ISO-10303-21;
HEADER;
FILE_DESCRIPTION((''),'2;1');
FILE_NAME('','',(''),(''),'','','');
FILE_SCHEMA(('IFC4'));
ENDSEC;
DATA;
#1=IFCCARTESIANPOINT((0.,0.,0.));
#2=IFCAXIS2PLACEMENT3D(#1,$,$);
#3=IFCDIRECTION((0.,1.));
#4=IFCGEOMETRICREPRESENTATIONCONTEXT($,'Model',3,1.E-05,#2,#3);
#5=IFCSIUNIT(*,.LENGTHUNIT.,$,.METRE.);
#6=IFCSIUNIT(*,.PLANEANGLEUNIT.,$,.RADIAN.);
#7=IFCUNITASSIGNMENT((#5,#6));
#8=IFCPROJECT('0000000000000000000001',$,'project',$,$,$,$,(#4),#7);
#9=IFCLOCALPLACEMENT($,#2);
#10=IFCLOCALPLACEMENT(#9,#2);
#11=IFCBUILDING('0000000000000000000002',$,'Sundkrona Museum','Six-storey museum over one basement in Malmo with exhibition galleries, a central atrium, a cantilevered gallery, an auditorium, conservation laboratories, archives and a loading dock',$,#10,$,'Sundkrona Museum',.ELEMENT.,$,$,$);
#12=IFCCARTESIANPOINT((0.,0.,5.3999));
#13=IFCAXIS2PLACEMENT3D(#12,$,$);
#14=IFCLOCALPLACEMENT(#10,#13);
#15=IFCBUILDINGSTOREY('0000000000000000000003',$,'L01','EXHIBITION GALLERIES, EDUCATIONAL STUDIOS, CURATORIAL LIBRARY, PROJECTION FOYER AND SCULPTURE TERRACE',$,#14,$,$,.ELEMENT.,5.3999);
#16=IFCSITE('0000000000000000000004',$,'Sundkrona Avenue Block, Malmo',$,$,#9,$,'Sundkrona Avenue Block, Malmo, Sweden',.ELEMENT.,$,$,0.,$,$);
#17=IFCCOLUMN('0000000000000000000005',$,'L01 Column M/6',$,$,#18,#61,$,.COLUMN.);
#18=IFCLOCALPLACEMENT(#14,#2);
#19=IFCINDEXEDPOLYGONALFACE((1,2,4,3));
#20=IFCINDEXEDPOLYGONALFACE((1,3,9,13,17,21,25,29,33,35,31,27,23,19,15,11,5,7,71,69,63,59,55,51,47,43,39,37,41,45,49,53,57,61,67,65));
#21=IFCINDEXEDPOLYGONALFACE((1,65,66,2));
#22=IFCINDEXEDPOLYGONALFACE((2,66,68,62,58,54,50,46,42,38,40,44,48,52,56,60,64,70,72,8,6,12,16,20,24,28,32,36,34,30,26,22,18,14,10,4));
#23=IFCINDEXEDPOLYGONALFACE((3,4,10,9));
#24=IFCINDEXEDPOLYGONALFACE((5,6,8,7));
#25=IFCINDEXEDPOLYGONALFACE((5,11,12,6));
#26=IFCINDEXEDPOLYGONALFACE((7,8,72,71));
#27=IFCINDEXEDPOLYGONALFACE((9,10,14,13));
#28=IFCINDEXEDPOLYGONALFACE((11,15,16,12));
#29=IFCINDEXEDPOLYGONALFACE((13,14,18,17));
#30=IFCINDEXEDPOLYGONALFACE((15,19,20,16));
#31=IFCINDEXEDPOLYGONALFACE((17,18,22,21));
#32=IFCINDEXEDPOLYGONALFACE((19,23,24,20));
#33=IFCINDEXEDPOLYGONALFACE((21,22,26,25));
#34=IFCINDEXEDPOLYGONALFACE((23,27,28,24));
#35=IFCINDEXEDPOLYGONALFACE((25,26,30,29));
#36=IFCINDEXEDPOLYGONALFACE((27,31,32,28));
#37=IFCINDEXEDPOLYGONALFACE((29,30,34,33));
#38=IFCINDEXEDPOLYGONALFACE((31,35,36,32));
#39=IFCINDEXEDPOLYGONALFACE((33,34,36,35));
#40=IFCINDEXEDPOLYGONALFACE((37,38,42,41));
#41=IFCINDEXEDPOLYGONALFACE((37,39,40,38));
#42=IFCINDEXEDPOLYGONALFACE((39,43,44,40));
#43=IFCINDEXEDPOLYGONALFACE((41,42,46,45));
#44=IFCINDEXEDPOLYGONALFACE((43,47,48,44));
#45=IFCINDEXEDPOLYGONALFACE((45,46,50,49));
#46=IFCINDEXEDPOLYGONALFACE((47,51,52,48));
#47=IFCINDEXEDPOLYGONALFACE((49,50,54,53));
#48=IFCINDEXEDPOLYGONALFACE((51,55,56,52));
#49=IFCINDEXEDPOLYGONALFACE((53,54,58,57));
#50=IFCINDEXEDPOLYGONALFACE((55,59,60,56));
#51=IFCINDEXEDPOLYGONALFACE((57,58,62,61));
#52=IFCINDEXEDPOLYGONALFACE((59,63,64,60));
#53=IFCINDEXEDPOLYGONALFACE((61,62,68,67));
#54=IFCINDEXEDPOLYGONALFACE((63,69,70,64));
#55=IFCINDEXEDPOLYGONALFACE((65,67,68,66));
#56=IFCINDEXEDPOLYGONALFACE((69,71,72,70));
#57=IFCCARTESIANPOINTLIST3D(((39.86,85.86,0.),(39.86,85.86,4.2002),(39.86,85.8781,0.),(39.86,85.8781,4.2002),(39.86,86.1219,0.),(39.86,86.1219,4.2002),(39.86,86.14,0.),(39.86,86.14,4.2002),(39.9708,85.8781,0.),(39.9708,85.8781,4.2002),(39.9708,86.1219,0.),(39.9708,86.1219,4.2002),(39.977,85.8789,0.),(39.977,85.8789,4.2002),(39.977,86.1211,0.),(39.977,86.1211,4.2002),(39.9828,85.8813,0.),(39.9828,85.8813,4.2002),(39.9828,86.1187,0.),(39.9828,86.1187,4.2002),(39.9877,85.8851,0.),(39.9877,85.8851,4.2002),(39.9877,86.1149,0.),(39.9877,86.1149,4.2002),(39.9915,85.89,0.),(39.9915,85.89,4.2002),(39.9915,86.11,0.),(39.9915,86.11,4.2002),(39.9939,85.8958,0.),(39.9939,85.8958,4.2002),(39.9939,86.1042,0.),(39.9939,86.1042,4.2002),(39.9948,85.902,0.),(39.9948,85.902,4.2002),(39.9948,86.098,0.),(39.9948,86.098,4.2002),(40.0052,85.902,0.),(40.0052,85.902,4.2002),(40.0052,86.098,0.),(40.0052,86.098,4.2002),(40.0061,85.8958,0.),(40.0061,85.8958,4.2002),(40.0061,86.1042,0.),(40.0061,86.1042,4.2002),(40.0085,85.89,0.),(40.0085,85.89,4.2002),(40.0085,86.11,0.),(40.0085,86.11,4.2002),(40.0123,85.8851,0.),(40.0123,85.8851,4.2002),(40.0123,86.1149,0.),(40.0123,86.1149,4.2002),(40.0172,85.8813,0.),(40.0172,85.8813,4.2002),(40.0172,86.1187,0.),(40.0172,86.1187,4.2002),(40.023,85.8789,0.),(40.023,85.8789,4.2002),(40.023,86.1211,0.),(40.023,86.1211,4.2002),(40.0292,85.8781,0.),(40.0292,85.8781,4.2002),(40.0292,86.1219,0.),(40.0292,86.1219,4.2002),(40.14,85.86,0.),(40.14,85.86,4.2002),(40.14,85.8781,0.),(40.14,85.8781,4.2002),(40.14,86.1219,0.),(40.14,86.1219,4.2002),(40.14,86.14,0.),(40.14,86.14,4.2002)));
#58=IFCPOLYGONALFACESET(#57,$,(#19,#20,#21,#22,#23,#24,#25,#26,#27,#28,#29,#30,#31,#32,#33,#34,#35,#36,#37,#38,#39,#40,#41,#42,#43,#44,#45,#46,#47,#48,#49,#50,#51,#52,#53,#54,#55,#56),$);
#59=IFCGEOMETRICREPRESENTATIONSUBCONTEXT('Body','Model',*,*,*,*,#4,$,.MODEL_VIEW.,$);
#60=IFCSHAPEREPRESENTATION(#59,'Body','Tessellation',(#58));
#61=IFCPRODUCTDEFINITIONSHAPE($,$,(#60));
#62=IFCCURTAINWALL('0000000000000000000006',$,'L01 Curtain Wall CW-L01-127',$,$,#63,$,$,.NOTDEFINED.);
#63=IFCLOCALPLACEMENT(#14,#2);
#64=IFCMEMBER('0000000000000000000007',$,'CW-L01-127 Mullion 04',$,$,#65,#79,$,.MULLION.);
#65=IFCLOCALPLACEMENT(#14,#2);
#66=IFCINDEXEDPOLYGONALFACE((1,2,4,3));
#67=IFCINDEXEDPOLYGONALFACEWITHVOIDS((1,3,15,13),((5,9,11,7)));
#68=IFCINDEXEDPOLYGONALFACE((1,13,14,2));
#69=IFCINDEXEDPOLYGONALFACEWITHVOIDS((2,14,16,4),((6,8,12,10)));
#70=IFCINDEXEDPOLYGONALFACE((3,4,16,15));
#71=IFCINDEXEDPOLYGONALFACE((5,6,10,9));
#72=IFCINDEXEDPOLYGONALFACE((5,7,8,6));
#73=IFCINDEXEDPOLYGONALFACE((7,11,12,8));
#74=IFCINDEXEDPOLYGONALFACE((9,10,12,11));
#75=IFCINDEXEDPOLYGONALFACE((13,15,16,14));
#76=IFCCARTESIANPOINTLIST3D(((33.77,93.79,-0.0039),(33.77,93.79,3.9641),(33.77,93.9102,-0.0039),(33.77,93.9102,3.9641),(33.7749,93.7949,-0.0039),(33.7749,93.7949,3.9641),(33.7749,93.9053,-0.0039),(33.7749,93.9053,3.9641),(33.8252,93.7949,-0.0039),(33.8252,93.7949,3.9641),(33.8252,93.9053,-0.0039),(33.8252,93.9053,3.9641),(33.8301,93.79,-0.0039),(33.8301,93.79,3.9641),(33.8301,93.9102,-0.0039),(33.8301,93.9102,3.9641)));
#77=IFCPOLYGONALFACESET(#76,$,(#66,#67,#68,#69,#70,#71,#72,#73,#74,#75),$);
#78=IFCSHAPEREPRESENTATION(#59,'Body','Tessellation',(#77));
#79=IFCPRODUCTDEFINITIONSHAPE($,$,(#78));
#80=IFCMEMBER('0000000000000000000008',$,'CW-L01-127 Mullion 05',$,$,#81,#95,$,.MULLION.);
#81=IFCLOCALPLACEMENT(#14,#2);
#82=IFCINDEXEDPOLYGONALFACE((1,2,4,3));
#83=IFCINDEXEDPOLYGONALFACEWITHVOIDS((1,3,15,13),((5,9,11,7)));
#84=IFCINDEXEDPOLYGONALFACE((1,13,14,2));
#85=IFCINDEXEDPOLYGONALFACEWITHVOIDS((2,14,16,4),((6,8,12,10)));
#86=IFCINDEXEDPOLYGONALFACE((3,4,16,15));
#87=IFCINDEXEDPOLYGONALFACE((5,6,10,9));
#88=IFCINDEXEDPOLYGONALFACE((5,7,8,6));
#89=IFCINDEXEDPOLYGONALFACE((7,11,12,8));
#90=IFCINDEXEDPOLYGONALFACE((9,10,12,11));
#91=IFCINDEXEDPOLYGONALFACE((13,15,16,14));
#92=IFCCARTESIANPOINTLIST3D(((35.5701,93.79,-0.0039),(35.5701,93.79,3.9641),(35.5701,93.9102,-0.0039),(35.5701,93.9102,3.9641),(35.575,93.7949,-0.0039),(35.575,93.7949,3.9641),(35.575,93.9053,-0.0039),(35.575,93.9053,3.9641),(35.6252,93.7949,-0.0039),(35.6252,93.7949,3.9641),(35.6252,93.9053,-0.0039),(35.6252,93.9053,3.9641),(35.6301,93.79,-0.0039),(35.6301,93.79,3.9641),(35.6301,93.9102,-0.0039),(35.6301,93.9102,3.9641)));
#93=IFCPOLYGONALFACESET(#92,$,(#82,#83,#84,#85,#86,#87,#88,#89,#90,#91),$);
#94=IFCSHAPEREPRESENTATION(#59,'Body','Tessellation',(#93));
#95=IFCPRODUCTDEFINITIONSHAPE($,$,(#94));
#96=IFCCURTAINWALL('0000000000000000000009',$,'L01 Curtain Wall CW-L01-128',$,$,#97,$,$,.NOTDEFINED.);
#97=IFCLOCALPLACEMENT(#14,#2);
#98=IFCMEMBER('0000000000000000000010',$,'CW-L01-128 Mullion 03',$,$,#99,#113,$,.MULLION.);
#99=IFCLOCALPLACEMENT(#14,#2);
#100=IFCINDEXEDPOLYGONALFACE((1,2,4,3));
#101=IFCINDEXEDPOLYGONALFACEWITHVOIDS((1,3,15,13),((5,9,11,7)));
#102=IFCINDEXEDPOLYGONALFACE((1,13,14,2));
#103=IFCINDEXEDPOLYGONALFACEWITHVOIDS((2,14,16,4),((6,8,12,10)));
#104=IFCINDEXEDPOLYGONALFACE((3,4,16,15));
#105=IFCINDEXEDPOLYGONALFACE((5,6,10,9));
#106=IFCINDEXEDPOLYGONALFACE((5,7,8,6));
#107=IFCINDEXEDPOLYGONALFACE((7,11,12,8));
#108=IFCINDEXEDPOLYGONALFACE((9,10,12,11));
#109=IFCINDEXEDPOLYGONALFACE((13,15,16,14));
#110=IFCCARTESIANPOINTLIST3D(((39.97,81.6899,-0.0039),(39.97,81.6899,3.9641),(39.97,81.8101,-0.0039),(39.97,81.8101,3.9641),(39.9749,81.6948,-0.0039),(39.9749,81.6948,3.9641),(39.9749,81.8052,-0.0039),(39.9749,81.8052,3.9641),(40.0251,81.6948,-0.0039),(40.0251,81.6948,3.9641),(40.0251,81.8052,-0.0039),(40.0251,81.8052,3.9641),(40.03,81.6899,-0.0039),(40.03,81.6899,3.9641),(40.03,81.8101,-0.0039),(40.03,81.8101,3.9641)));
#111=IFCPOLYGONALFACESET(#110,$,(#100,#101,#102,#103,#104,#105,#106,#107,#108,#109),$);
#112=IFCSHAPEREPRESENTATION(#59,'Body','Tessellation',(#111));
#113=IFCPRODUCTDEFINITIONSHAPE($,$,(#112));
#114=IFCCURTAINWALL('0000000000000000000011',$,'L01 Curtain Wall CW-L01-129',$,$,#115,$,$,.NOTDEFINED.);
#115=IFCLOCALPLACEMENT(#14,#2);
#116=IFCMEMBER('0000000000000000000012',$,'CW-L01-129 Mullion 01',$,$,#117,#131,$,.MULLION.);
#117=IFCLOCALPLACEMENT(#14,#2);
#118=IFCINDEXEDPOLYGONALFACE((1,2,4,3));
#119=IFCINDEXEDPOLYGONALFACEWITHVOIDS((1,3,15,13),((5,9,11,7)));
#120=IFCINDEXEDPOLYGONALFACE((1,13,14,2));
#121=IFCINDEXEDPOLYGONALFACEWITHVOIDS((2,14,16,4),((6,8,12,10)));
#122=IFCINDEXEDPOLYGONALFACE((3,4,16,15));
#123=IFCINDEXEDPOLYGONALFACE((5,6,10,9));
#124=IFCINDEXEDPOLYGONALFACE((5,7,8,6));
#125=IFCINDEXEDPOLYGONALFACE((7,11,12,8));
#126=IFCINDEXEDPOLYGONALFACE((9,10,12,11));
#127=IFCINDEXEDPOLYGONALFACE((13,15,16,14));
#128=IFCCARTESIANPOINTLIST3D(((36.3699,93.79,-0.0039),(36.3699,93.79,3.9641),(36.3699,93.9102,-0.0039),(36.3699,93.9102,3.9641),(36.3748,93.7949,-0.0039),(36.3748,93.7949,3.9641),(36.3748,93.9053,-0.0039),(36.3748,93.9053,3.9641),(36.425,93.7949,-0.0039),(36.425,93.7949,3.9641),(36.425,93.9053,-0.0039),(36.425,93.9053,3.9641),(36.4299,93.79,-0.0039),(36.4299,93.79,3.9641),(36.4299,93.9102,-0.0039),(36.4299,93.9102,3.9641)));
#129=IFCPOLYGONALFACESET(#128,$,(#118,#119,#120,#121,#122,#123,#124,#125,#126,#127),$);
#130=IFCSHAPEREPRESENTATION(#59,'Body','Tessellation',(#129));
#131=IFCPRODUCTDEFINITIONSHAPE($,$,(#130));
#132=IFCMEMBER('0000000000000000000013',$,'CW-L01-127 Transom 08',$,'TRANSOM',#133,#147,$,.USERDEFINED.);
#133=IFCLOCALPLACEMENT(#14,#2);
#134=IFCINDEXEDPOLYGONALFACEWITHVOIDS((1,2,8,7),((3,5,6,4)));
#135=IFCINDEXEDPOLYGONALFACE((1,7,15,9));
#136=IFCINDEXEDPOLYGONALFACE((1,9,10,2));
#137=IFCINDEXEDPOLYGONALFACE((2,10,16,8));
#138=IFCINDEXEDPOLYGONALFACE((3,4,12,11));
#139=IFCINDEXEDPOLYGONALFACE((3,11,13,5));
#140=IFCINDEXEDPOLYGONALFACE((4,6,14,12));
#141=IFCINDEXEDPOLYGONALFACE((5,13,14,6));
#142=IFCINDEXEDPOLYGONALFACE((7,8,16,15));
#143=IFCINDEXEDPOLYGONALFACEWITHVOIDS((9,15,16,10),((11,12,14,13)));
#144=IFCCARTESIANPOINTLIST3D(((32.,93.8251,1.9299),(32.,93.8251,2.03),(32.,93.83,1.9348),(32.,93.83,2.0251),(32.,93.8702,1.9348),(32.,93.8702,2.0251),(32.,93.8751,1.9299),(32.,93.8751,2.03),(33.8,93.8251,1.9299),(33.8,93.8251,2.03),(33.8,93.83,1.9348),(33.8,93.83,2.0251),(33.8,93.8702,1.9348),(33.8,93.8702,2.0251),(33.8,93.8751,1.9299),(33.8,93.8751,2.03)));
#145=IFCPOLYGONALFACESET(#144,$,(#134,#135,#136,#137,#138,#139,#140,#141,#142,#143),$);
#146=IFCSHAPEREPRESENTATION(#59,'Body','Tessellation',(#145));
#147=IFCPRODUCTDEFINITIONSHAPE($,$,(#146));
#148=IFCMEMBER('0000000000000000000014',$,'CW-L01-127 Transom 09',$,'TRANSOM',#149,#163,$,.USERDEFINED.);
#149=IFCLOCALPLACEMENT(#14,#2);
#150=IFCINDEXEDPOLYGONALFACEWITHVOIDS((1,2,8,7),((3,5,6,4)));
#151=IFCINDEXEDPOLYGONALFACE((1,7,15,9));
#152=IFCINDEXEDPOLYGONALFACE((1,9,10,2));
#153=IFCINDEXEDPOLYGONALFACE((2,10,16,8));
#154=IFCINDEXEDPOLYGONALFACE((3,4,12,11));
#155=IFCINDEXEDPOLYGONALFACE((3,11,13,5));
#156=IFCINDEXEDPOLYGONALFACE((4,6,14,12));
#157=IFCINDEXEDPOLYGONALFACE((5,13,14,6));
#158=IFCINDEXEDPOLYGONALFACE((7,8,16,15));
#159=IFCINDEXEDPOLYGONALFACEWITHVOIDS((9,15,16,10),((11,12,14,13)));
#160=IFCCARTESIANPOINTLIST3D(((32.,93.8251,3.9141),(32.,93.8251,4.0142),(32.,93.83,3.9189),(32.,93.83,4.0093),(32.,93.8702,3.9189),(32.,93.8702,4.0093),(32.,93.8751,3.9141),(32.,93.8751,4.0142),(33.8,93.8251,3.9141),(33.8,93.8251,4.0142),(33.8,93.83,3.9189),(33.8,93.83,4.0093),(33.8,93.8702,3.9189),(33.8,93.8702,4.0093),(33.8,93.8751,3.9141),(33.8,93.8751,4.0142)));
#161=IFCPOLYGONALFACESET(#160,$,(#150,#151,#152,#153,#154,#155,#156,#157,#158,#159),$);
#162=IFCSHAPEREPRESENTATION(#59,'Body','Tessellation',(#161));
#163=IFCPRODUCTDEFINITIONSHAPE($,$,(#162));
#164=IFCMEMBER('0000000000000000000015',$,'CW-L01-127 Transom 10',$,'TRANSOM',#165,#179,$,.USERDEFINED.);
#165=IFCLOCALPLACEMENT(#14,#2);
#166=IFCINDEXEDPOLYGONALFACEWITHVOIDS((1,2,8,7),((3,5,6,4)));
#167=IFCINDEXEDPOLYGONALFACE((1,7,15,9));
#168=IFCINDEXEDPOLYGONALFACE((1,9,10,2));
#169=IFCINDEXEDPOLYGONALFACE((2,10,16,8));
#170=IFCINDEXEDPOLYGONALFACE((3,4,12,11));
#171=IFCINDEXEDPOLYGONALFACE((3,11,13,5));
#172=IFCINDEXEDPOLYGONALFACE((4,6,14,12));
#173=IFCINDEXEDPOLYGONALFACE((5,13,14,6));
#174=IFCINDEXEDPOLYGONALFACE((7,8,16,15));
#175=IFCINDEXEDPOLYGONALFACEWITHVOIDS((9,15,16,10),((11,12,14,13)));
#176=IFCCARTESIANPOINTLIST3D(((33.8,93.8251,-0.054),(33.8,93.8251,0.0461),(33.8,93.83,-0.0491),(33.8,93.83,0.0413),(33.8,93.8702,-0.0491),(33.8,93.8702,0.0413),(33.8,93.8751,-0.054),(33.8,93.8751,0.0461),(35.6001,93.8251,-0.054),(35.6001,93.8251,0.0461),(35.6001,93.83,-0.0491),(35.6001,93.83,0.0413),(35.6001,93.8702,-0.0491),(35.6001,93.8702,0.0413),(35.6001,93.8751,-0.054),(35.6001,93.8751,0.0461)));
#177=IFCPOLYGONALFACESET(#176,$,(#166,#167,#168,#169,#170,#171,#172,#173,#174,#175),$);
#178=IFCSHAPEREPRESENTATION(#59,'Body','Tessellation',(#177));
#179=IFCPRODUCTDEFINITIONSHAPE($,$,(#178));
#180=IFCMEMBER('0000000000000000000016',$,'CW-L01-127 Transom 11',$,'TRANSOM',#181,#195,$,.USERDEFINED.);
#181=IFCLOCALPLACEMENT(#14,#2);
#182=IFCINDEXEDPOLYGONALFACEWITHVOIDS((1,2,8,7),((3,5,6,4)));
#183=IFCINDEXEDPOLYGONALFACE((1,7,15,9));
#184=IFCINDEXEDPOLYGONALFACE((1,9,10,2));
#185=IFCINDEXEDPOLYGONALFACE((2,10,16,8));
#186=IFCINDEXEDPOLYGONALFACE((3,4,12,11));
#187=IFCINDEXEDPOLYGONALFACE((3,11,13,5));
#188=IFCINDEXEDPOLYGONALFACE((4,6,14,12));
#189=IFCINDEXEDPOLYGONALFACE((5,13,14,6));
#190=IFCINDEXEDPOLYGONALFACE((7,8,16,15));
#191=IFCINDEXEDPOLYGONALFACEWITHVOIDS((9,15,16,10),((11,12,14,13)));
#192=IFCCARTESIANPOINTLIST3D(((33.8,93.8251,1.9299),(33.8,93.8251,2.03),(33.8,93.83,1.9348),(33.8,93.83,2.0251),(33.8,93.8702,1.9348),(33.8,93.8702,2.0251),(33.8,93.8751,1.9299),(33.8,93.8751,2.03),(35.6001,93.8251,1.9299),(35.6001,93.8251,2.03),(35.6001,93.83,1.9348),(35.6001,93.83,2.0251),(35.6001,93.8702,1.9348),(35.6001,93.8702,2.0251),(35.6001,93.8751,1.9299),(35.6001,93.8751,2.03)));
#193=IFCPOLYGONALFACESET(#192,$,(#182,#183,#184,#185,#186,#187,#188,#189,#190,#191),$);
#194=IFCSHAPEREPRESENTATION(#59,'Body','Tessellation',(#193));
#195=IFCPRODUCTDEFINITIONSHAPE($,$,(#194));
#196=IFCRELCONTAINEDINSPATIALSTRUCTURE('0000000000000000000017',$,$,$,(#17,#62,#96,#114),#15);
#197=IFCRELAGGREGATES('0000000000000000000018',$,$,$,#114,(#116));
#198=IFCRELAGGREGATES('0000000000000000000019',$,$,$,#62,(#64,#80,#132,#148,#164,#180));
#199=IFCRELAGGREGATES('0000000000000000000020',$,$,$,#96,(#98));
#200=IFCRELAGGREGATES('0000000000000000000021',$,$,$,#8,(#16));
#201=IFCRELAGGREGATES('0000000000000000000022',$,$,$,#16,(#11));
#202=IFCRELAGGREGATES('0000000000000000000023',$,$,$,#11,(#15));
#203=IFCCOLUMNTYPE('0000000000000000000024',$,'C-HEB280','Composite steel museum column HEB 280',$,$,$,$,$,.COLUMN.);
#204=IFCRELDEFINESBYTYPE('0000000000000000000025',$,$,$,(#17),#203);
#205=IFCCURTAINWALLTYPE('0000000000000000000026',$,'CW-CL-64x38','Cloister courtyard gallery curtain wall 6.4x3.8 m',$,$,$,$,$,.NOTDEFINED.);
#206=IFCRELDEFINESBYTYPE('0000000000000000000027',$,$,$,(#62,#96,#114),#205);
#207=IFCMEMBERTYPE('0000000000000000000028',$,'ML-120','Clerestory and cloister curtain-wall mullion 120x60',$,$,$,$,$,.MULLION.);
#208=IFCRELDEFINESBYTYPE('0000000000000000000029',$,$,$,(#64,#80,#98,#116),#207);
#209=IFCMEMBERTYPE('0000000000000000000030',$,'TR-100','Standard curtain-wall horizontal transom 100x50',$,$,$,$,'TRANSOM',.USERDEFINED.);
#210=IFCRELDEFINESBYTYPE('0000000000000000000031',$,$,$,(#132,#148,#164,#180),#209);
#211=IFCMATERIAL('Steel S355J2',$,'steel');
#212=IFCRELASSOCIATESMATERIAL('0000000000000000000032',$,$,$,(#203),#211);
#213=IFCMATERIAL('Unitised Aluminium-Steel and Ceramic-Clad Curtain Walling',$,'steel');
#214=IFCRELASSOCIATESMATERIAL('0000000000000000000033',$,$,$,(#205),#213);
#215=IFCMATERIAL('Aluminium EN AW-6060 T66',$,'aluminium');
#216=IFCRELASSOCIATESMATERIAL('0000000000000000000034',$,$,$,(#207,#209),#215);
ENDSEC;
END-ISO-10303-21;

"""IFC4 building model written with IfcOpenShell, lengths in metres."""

from ifc_helpers import new_model, si_unit, direction, frame, origin, origin_2d, place, context, subcontext, project, spatial, hollow_rectangle, i_section, extrude, material, material_profile, profile_set, type_object, element, aggregate, save


model = new_model("IFC4")

# Units and contexts
model_context = context("Model", 3, precision=1e-05, world=origin(), true_north=direction((0.0, 1.0)))
body_context = subcontext(model_context, "Body", "Model", "MODEL_VIEW")
ifc_project = project(units=[si_unit("LENGTHUNIT", "METRE"), si_unit("PLANEANGLEUNIT", "RADIAN")], contexts=[model_context])

# Site, building, storey
site_placement = place(None, origin())
site = spatial("IfcSite", under=ifc_project, at=site_placement, Name="Sundkrona Avenue Block, Malmo", LongName="Sundkrona Avenue Block, Malmo, Sweden", CompositionType="ELEMENT", RefElevation=0.0)
building_placement = place(site_placement, origin())
building = spatial("IfcBuilding", under=site, at=building_placement, Name="Sundkrona Museum", Description="Six-storey museum over one basement in Malmo with exhibition galleries, a central atrium, a cantilevered gallery, an auditorium, conservation laboratories, archives and a loading dock", LongName="Sundkrona Museum", CompositionType="ELEMENT")
storey_placement = place(building_placement, frame((0.0, 0.0, 5.3999)))
storey = spatial("IfcBuildingStorey", under=building, at=storey_placement, Name="L01", Description="EXHIBITION GALLERIES, EDUCATIONAL STUDIOS, CURATORIAL LIBRARY, PROJECTION FOYER AND SCULPTURE TERRACE", CompositionType="ELEMENT", Elevation=5.3999)

# Column
ifc_material_1 = material(Name="Steel S355J2", Category="steel")
ifc_material_profile_1 = material_profile(ifc_material_1, i_section(OverallWidth=0.28, OverallDepth=0.28, WebThickness=0.0105, FlangeThickness=0.0181, FilletRadius=0.0239, at=origin_2d()), Name="HEB 280")
ifc_profile_set_1 = profile_set([ifc_material_profile_1], Name="Steel S355J2")
column_type = type_object("IfcColumnType", Name="C-HEB280", Description="Composite steel museum column HEB 280", PredefinedType="COLUMN", material=ifc_profile_set_1)
column_placement = place(storey_placement, frame((40.0, 86.0, 0.0), z_axis=(0.0, 0.0, 1.0), x_axis=(1.0, 0.0, 0.0)))
element("IfcColumn", 1, at=column_placement, inside=storey, type_object=column_type, Name="L01 Column M/6", PredefinedType="COLUMN", context=body_context, shape_type="SweptSolid", body=[
    extrude(i_section(OverallWidth=0.28, OverallDepth=0.28, WebThickness=0.0105, FlangeThickness=0.0181, FilletRadius=0.0239, at=origin_2d()), origin(), (0.0, 0.0, 1.0), 4.2002),
])

# Curtain wall, members
ifc_material_2 = material(Name="Unitised Aluminium-Steel and Ceramic-Clad Curtain Walling", Category="steel")
curtain_wall_type = type_object("IfcCurtainWallType", Name="CW-CL-64x38", Description="Cloister courtyard gallery curtain wall 6.4x3.8 m", PredefinedType="NOTDEFINED", material=ifc_material_2)
curtain_wall_1_placement = place(storey_placement, origin())
curtain_wall_1 = element("IfcCurtainWall", 2, at=curtain_wall_1_placement, inside=storey, type_object=curtain_wall_type, Name="L01 Curtain Wall CW-L01-127", PredefinedType="NOTDEFINED")
ifc_material_3 = material(Name="Aluminium EN AW-6060 T66", Category="aluminium")
ifc_material_profile_2 = material_profile(ifc_material_3, hollow_rectangle(XDim=0.0601, YDim=0.1201, WallThickness=0.0049, at=origin_2d()), Name="RHS 120x60x5.0")
ifc_profile_set_2 = profile_set([ifc_material_profile_2], Name="Aluminium EN AW-6060 T66")
member_type_1 = type_object("IfcMemberType", Name="ML-120", Description="Clerestory and cloister curtain-wall mullion 120x60", PredefinedType="MULLION", material=ifc_profile_set_2)
member_1_placement = place(storey_placement, frame((33.8, 93.8501, -0.0039), z_axis=(0.0, 0.0, 1.0), x_axis=(1.0, 0.0, 0.0)))
member_1 = element("IfcMember", 3, at=member_1_placement, type_object=member_type_1, Name="CW-L01-127 Mullion 04", PredefinedType="MULLION", context=body_context, shape_type="SweptSolid", body=[
    extrude(hollow_rectangle(XDim=0.0601, YDim=0.1201, WallThickness=0.0049, at=origin_2d()), origin(), (0.0, 0.0, 1.0), 3.968),
])
member_2_placement = place(storey_placement, frame((35.6001, 93.8501, -0.0039), z_axis=(0.0, 0.0, 1.0), x_axis=(1.0, 0.0, 0.0)))
member_2 = element("IfcMember", 4, at=member_2_placement, type_object=member_type_1, Name="CW-L01-127 Mullion 05", PredefinedType="MULLION", context=body_context, shape_type="SweptSolid", body=[
    extrude(hollow_rectangle(XDim=0.0601, YDim=0.1201, WallThickness=0.0049, at=origin_2d()), origin(), (0.0, 0.0, 1.0), 3.968),
])

# Curtain walls, members
curtain_wall_2_placement = place(storey_placement, origin())
curtain_wall_2 = element("IfcCurtainWall", 5, at=curtain_wall_2_placement, inside=storey, type_object=curtain_wall_type, Name="L01 Curtain Wall CW-L01-128", PredefinedType="NOTDEFINED")
member_3_placement = place(storey_placement, frame((40.0, 81.75, -0.0039), z_axis=(0.0, 0.0, 1.0), x_axis=(1.0, 0.0, 0.0)))
member_3 = element("IfcMember", 6, at=member_3_placement, type_object=member_type_1, Name="CW-L01-128 Mullion 03", PredefinedType="MULLION", context=body_context, shape_type="SweptSolid", body=[
    extrude(hollow_rectangle(XDim=0.0601, YDim=0.1201, WallThickness=0.0049, at=origin_2d()), origin(), (0.0, 0.0, 1.0), 3.968),
])
curtain_wall_3_placement = place(storey_placement, origin())
curtain_wall_3 = element("IfcCurtainWall", 7, at=curtain_wall_3_placement, inside=storey, type_object=curtain_wall_type, Name="L01 Curtain Wall CW-L01-129", PredefinedType="NOTDEFINED")
member_4_placement = place(storey_placement, frame((36.3999, 93.8501, -0.0039), z_axis=(0.0, 0.0, 1.0), x_axis=(1.0, 0.0, 0.0)))
member_4 = element("IfcMember", 8, at=member_4_placement, type_object=member_type_1, Name="CW-L01-129 Mullion 01", PredefinedType="MULLION", context=body_context, shape_type="SweptSolid", body=[
    extrude(hollow_rectangle(XDim=0.0601, YDim=0.1201, WallThickness=0.0049, at=origin_2d()), origin(), (0.0, 0.0, 1.0), 3.968),
])

# Members
ifc_material_profile_3 = material_profile(ifc_material_3, hollow_rectangle(XDim=0.05, YDim=0.1001, WallThickness=0.0049, at=origin_2d()), Name="RHS 100x50x5.0")
ifc_profile_set_3 = profile_set([ifc_material_profile_3], Name="Aluminium EN AW-6060 T66")
member_type_2 = type_object("IfcMemberType", Name="TR-100", Description="Standard curtain-wall horizontal transom 100x50", ElementType="TRANSOM", PredefinedType="USERDEFINED", material=ifc_profile_set_3)
member_5_placement = place(storey_placement, frame((32.0, 93.8501, 1.98), z_axis=(1.0, 0.0, 0.0), x_axis=(0.0, 1.0, 0.0)))
member_5 = element("IfcMember", 9, at=member_5_placement, type_object=member_type_2, Name="CW-L01-127 Transom 08", ObjectType="TRANSOM", PredefinedType="USERDEFINED", context=body_context, shape_type="SweptSolid", body=[
    extrude(hollow_rectangle(XDim=0.05, YDim=0.1001, WallThickness=0.0049, at=origin_2d()), origin(), (0.0, 0.0, 1.0), 1.8),
])
member_6_placement = place(storey_placement, frame((32.0, 93.8501, 3.9641), z_axis=(1.0, 0.0, 0.0), x_axis=(0.0, 1.0, 0.0)))
member_6 = element("IfcMember", 10, at=member_6_placement, type_object=member_type_2, Name="CW-L01-127 Transom 09", ObjectType="TRANSOM", PredefinedType="USERDEFINED", context=body_context, shape_type="SweptSolid", body=[
    extrude(hollow_rectangle(XDim=0.05, YDim=0.1001, WallThickness=0.0049, at=origin_2d()), origin(), (0.0, 0.0, 1.0), 1.8),
])
member_7_placement = place(storey_placement, frame((33.8, 93.8501, -0.0039), z_axis=(1.0, 0.0, 0.0), x_axis=(0.0, 1.0, 0.0)))
member_7 = element("IfcMember", 11, at=member_7_placement, type_object=member_type_2, Name="CW-L01-127 Transom 10", ObjectType="TRANSOM", PredefinedType="USERDEFINED", context=body_context, shape_type="SweptSolid", body=[
    extrude(hollow_rectangle(XDim=0.05, YDim=0.1001, WallThickness=0.0049, at=origin_2d()), origin(), (0.0, 0.0, 1.0), 1.8),
])
member_8_placement = place(storey_placement, frame((33.8, 93.8501, 1.98), z_axis=(1.0, 0.0, 0.0), x_axis=(0.0, 1.0, 0.0)))
member_8 = element("IfcMember", 12, at=member_8_placement, type_object=member_type_2, Name="CW-L01-127 Transom 11", ObjectType="TRANSOM", PredefinedType="USERDEFINED", context=body_context, shape_type="SweptSolid", body=[
    extrude(hollow_rectangle(XDim=0.05, YDim=0.1001, WallThickness=0.0049, at=origin_2d()), origin(), (0.0, 0.0, 1.0), 1.8),
])
aggregate(curtain_wall_3, [member_4])

aggregate(curtain_wall_1, [member_1, member_2, member_5, member_6, member_7, member_8])
aggregate(curtain_wall_2, [member_3])

save(model, "model.ifc")
